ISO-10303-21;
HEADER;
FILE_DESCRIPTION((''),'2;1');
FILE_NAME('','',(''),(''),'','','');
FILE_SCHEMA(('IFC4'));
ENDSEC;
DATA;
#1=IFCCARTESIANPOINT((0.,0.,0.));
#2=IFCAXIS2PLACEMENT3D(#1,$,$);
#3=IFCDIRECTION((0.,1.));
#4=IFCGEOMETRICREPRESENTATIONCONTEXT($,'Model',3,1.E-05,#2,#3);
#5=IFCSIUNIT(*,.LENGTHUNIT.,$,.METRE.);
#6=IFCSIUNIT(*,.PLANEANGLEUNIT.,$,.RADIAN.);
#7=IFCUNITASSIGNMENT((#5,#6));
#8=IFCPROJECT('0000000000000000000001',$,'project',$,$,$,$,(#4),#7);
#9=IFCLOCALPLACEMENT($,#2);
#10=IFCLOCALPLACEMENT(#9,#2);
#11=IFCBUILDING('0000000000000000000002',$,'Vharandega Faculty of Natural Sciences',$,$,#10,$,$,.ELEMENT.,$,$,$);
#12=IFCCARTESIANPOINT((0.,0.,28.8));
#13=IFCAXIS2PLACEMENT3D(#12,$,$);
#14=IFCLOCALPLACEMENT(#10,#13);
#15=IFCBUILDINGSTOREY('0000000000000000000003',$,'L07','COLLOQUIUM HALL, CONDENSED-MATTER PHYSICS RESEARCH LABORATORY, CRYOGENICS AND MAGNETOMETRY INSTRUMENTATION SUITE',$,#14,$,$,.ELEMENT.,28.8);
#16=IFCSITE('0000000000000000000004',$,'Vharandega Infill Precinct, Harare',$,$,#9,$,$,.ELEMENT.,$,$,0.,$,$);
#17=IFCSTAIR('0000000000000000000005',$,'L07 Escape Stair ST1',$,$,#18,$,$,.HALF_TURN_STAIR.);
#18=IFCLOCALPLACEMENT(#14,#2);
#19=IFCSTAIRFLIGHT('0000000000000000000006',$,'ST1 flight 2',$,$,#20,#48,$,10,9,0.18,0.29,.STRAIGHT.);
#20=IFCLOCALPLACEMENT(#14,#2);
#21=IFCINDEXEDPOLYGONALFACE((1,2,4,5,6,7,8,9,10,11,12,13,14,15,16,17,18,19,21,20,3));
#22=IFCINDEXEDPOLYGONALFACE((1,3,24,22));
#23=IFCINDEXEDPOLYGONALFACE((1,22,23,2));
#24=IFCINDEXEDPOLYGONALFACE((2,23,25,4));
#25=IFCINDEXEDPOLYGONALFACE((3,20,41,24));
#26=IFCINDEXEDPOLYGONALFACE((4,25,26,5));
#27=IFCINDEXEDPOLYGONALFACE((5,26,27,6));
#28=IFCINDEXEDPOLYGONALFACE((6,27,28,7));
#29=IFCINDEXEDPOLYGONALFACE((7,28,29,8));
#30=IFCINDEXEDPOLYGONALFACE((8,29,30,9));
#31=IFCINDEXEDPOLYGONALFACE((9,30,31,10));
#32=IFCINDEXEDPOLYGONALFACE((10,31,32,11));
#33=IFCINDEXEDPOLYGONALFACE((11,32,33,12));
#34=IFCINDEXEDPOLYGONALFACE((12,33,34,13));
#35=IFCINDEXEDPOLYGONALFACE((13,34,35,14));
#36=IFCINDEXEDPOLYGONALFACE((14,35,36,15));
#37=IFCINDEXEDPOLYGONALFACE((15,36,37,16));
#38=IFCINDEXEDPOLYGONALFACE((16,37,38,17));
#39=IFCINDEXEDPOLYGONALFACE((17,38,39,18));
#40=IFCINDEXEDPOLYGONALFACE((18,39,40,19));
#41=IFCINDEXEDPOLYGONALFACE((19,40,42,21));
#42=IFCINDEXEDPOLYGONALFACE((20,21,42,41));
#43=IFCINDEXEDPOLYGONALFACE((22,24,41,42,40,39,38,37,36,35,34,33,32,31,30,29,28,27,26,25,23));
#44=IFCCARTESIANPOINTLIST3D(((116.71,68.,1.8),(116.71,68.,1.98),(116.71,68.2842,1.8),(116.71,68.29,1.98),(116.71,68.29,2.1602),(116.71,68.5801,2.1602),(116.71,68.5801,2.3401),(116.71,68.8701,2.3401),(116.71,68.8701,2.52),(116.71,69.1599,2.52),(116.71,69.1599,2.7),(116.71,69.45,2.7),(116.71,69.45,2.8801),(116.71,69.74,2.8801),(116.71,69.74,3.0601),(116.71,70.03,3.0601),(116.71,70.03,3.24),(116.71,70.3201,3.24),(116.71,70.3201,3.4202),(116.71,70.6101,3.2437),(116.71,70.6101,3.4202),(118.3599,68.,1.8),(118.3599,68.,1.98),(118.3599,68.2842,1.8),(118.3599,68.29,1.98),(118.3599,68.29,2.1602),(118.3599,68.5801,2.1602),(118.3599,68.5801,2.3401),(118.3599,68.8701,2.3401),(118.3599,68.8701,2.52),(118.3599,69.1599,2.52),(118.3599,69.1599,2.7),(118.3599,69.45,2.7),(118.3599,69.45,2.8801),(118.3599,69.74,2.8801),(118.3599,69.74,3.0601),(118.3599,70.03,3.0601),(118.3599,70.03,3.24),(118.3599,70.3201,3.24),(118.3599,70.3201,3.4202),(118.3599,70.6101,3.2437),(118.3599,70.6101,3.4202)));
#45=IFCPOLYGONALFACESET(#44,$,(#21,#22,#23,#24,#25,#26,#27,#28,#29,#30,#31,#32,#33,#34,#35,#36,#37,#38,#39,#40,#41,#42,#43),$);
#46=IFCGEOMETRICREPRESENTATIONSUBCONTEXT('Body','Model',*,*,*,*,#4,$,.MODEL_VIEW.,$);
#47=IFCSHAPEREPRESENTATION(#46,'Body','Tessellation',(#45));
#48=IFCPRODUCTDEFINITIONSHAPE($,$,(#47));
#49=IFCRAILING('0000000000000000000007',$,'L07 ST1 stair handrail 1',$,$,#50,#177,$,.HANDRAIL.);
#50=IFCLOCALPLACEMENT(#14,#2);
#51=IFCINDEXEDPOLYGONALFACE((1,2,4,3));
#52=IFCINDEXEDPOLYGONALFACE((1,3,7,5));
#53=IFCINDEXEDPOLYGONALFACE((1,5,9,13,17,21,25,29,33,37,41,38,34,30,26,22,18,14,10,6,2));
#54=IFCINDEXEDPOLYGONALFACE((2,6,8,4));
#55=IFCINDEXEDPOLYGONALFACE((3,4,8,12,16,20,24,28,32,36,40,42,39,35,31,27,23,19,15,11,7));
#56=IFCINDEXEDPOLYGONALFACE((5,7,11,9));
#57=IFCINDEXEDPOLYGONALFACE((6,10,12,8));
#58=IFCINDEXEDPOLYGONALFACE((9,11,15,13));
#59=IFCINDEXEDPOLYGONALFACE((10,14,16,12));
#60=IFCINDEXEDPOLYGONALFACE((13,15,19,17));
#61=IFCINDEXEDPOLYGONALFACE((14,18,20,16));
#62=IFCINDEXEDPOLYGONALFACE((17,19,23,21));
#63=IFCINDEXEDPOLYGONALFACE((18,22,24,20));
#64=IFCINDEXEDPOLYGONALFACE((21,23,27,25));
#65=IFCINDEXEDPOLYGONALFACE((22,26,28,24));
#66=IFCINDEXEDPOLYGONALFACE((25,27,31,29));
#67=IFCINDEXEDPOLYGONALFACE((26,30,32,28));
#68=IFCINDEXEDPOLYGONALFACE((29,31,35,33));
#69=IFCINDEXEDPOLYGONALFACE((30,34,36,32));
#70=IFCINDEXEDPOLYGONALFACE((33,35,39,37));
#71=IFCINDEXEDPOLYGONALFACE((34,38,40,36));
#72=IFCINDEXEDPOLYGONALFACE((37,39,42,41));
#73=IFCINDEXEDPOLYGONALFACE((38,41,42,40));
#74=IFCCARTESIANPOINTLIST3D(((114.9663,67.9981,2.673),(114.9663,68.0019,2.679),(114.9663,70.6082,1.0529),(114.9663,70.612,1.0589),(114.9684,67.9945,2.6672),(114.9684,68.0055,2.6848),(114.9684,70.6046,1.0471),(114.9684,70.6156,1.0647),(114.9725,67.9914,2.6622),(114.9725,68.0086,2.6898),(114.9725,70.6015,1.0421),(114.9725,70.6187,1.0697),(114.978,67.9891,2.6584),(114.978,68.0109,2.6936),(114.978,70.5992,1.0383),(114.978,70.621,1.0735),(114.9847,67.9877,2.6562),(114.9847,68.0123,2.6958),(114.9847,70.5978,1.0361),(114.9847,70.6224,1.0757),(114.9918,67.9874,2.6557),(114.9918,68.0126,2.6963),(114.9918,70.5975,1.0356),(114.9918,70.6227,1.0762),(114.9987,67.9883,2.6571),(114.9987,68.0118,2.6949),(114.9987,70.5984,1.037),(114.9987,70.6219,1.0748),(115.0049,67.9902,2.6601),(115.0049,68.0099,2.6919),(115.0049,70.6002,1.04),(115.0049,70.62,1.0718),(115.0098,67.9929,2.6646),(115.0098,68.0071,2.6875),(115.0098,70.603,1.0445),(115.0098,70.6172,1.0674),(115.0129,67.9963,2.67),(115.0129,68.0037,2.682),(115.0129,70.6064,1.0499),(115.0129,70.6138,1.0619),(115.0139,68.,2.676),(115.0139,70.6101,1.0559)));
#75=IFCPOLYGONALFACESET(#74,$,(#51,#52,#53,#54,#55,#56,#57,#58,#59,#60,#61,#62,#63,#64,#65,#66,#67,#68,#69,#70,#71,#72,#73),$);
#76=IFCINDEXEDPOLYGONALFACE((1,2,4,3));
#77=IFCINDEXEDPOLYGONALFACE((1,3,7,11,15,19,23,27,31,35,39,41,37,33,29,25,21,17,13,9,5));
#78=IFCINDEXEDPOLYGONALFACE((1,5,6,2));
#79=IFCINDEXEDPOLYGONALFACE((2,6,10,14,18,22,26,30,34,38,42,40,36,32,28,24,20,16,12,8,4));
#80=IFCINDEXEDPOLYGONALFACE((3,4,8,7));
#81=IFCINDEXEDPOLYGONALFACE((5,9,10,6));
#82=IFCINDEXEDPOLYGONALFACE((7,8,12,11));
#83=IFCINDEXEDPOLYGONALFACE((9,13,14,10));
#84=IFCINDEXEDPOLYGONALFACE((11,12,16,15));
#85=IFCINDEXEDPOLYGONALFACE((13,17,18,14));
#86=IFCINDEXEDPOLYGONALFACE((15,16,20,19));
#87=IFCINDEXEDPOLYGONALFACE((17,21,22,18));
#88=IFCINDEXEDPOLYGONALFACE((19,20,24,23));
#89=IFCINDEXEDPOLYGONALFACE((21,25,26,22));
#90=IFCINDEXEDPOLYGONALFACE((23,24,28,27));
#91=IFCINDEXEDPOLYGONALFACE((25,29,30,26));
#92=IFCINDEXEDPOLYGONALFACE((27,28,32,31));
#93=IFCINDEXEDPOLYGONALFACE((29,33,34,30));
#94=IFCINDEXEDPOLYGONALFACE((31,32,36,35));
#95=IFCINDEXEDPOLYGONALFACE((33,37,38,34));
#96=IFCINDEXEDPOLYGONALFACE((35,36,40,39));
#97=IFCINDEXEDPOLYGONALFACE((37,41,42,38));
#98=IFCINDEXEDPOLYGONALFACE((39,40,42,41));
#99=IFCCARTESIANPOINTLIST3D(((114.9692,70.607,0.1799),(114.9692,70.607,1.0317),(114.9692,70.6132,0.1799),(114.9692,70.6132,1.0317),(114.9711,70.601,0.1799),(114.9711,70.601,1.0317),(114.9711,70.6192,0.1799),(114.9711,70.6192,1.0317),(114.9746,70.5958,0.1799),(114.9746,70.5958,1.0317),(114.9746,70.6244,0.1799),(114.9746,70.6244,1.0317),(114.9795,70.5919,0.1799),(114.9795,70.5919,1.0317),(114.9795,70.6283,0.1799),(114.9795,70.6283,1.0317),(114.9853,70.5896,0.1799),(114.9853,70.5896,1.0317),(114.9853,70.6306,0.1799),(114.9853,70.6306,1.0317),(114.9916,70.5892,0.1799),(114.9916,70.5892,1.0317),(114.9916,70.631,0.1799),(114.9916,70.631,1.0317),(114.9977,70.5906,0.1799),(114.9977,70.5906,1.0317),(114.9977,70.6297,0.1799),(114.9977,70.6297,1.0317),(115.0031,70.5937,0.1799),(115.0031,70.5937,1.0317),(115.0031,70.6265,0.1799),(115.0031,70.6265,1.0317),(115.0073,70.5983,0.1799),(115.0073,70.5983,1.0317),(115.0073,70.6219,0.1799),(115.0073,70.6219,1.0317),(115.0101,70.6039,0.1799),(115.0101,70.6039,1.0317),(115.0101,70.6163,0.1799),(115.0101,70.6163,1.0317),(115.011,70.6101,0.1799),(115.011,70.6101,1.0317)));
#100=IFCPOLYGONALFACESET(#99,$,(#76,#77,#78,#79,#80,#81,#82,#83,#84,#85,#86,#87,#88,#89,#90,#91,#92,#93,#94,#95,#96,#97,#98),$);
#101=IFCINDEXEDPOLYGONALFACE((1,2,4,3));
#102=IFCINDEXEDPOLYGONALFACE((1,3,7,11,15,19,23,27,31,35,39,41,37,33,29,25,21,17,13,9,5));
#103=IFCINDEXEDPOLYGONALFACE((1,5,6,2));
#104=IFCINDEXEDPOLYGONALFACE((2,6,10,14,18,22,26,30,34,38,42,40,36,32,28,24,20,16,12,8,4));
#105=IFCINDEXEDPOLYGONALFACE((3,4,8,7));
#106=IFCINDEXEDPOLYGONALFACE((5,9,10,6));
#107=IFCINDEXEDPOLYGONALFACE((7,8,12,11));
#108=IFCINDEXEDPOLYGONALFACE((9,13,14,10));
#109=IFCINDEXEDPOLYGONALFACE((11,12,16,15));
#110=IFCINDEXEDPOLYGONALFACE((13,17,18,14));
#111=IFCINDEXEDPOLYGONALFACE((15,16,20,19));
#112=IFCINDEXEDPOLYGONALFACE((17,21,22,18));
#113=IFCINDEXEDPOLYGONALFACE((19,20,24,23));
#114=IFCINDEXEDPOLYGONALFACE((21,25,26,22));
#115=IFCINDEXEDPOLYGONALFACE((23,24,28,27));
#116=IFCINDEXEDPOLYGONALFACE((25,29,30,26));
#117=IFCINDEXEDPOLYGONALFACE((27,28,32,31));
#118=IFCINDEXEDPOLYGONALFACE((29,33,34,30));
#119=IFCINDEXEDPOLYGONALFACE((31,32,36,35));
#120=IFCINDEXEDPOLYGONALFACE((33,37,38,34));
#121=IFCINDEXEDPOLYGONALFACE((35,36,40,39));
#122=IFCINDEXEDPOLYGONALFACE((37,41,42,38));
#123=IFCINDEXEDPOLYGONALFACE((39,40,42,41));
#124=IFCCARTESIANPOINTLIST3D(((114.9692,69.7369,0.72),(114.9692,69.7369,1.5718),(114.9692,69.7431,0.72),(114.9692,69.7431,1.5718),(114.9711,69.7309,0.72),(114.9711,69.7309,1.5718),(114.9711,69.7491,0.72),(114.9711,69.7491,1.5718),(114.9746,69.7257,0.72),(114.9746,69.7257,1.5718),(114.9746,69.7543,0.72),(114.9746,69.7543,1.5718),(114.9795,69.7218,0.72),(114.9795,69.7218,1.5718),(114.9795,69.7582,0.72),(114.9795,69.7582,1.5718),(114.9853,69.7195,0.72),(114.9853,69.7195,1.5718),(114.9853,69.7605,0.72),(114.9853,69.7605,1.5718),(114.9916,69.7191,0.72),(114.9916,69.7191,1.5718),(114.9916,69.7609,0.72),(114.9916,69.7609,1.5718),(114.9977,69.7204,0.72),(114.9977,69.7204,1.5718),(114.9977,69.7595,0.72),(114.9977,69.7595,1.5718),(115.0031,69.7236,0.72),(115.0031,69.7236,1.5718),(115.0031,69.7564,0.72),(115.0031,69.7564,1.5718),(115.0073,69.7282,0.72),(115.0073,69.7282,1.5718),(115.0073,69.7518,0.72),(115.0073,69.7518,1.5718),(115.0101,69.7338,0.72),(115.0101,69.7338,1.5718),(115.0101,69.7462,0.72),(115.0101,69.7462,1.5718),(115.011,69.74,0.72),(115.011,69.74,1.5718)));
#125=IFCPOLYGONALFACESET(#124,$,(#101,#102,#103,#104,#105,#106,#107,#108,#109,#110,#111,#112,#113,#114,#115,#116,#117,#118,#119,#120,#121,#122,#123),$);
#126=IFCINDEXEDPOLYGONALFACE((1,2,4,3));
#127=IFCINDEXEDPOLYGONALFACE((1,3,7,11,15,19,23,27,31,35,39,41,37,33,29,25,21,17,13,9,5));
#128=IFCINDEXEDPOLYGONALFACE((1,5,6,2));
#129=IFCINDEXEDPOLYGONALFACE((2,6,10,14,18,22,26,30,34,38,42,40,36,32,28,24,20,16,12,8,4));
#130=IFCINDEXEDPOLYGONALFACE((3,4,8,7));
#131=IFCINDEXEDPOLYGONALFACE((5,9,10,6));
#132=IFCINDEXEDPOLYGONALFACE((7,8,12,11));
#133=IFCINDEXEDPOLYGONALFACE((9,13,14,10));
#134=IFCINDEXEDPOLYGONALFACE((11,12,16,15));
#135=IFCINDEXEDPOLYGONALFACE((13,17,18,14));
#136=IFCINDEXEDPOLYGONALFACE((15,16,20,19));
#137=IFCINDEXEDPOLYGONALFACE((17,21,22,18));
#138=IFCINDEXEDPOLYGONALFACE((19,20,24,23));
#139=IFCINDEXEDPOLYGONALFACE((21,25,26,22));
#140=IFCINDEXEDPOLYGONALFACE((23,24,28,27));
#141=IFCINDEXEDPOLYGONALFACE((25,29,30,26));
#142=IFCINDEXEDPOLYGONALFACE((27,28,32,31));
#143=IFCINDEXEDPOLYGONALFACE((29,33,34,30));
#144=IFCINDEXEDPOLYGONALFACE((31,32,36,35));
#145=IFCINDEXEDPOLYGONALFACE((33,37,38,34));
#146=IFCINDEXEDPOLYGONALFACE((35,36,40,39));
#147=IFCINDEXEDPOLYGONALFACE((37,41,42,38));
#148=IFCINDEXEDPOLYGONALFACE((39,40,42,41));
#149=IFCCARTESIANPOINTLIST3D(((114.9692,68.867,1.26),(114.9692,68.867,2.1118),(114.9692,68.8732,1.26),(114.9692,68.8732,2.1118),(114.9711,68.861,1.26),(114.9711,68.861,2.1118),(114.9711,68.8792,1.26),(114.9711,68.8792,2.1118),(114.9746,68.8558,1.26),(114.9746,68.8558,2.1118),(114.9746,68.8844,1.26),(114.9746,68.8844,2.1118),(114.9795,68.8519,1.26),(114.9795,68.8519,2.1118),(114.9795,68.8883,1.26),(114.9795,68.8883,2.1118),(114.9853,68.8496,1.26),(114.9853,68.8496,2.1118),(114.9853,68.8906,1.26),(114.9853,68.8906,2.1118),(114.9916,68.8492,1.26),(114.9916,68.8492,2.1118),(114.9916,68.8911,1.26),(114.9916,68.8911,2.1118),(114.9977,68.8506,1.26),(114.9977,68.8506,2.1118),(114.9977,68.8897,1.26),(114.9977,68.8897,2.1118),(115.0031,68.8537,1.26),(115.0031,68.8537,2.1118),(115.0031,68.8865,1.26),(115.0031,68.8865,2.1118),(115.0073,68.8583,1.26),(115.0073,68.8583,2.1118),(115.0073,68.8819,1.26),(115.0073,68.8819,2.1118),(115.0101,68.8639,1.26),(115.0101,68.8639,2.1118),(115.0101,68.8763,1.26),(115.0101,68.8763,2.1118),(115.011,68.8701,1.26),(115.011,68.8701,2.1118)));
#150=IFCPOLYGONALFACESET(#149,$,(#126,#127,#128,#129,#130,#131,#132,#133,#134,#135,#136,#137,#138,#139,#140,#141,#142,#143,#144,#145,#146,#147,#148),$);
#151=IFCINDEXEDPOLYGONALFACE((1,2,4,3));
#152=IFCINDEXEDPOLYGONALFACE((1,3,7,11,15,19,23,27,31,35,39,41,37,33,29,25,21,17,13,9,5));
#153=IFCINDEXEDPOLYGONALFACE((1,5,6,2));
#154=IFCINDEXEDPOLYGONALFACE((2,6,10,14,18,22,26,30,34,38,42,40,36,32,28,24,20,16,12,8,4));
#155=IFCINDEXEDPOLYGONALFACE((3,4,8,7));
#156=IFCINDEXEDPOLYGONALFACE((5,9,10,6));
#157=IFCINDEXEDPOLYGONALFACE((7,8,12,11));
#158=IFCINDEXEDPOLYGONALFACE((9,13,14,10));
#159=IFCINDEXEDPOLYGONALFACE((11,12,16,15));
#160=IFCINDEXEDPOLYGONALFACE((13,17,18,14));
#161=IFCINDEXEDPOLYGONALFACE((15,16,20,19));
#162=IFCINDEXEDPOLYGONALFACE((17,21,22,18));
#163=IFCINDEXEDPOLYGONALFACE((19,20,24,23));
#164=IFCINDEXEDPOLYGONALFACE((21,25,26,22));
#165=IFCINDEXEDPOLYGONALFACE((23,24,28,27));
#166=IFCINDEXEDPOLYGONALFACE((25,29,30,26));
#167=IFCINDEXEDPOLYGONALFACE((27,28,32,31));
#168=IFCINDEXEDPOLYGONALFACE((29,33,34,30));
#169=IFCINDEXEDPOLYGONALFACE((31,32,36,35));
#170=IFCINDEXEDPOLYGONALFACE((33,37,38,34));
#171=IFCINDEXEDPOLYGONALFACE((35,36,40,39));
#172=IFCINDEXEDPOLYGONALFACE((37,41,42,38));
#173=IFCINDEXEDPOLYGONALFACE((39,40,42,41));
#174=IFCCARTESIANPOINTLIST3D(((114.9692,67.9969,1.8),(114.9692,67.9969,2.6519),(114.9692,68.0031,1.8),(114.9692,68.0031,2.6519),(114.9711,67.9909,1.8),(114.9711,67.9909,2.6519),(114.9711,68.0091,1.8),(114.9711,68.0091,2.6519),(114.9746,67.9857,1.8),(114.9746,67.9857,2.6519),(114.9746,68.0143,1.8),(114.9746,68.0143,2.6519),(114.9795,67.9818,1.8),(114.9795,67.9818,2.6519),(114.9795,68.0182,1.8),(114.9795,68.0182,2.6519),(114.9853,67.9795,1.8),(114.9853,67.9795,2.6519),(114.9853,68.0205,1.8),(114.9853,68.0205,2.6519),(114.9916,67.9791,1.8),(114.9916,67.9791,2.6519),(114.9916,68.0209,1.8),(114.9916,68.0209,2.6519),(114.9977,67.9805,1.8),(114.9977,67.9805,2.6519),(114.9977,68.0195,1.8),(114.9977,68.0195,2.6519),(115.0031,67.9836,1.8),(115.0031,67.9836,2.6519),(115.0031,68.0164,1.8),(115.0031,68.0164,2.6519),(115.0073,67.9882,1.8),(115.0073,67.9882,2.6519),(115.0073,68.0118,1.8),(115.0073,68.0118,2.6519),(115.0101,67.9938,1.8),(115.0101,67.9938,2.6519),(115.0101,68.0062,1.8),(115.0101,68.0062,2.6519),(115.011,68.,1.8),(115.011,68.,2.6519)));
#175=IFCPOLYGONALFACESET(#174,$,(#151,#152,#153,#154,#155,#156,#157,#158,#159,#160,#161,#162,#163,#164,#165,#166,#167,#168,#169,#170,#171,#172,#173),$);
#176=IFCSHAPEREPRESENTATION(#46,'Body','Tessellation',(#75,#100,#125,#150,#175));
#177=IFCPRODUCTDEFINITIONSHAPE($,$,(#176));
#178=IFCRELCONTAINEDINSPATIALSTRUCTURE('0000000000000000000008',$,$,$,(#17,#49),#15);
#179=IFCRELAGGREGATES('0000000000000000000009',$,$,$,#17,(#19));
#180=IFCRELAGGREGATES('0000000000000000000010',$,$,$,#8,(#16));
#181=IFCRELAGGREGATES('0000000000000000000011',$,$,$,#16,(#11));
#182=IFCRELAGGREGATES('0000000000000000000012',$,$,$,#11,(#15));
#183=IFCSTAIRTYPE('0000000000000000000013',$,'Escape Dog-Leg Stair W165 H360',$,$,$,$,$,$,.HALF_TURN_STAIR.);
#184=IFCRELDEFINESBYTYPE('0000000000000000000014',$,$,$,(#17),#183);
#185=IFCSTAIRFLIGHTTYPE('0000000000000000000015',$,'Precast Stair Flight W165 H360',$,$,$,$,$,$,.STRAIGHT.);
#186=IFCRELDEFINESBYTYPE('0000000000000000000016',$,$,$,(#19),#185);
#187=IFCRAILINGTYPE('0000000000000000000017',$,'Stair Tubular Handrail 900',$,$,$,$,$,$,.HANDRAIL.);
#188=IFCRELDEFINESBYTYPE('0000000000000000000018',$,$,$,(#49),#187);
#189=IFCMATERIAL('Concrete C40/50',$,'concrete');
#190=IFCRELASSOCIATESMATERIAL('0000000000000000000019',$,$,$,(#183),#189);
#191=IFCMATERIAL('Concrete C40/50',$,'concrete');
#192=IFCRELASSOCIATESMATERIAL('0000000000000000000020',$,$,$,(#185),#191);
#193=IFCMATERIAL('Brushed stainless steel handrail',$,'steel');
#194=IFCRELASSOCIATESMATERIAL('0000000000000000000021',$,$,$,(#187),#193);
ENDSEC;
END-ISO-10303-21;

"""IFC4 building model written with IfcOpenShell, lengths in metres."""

from ifc_helpers import new_model, si_unit, direction, frame, origin, origin_2d, place, context, subcontext, project, spatial, polyline, circle, outline, extrude, material, type_object, element, aggregate, save


model = new_model("IFC4")

# Units and contexts
model_context = context("Model", 3, precision=1e-05, world=origin(), true_north=direction((0.0, 1.0)))
body_context = subcontext(model_context, "Body", "Model", "MODEL_VIEW")
ifc_project = project(units=[si_unit("LENGTHUNIT", "METRE"), si_unit("PLANEANGLEUNIT", "RADIAN")], contexts=[model_context])

# Site, building, storey
site_placement = place(None, origin())
site = spatial("IfcSite", under=ifc_project, at=site_placement, Name="Vharandega Infill Precinct, Harare", CompositionType="ELEMENT", RefElevation=0.0)
building_placement = place(site_placement, origin())
building = spatial("IfcBuilding", under=site, at=building_placement, Name="Vharandega Faculty of Natural Sciences", CompositionType="ELEMENT")
storey_placement = place(building_placement, frame((0.0, 0.0, 28.8)))
storey = spatial("IfcBuildingStorey", under=building, at=storey_placement, Name="L07", Description="COLLOQUIUM HALL, CONDENSED-MATTER PHYSICS RESEARCH LABORATORY, CRYOGENICS AND MAGNETOMETRY INSTRUMENTATION SUITE", CompositionType="ELEMENT", Elevation=28.8)

# Stair, stair flight
ifc_material_1 = material(Name="Concrete C40/50", Category="concrete")
stair_type = type_object("IfcStairType", Name="Escape Dog-Leg Stair W165 H360", PredefinedType="HALF_TURN_STAIR", material=ifc_material_1)
stair_placement = place(storey_placement, origin())
stair = element("IfcStair", 1, at=stair_placement, inside=storey, type_object=stair_type, Name="L07 Escape Stair ST1", PredefinedType="HALF_TURN_STAIR")
ifc_material_2 = material(Name="Concrete C40/50", Category="concrete")
stair_flight_type = type_object("IfcStairFlightType", Name="Precast Stair Flight W165 H360", PredefinedType="STRAIGHT", material=ifc_material_2)
stair_flight_1_placement = place(storey_placement, frame((117.5349, 68.0, 1.8), z_axis=(0.0, 0.0, 1.0), x_axis=(0.0, 1.0, 0.0)))
stair_flight_1 = element("IfcStairFlight", 2, at=stair_flight_1_placement, type_object=stair_flight_type, Name="ST1 flight 2", NumberOfRisers=10, NumberOfTreads=9, PredefinedType="STRAIGHT", RiserHeight=0.18, TreadLength=0.29, context=body_context, shape_type="SweptSolid", body=[
    extrude(outline(polyline([(0.0, 0.0), (0.0, 0.1799), (0.29, 0.1799), (0.29, 0.3601), (0.5801, 0.3601), (0.5801, 0.54), (0.8701, 0.54), (0.8701, 0.72), (1.1599, 0.72), (1.1599, 0.8999), (1.45, 0.8999), (1.45, 1.0801), (1.74, 1.0801), (1.74, 1.26), (2.03, 1.26), (2.03, 1.4399), (2.3201, 1.4399), (2.3201, 1.6201), (2.6101, 1.6201), (2.6101, 1.8), (2.6101, 1.4436), (0.2842, 0.0), (0.0, 0.0)])), frame((0.0, 0.825, 0.0), z_axis=(0.0, -1.0, 0.0), x_axis=(1.0, 0.0, 0.0)), (0.0, 0.0, 1.0), 1.6499),
])
aggregate(stair, [stair_flight_1])

# Railing
ifc_material_3 = material(Name="Brushed stainless steel handrail", Category="steel")
railing_type_1 = type_object("IfcRailingType", Name="Stair Tubular Handrail 900", PredefinedType="HANDRAIL", material=ifc_material_3)
railing_1_placement = place(storey_placement, frame((114.99, 70.6101, 0.1799)))
element("IfcRailing", 3, at=railing_1_placement, inside=storey, type_object=railing_type_1, Name="L07 ST1 stair handrail 1", PredefinedType="HANDRAIL", context=body_context, shape_type="SweptSolid", body=[
    extrude(circle(Radius=0.0239, at=origin_2d()), frame((0.0, 0.0, 0.876), z_axis=(0.0, -0.849633, 0.527375), x_axis=(1.0, 0.0, 0.0)), (0.0, 0.0, 1.0), 3.072),
    extrude(circle(Radius=0.021, at=origin_2d()), origin(), (0.0, 0.0, 1.0), 0.8518),
    extrude(circle(Radius=0.021, at=origin_2d()), frame((0.0, -0.8701, 0.54)), (0.0, 0.0, 1.0), 0.8518),
    extrude(circle(Radius=0.021, at=origin_2d()), frame((0.0, -1.74, 1.0801)), (0.0, 0.0, 1.0), 0.8518),
    extrude(circle(Radius=0.021, at=origin_2d()), frame((0.0, -2.6101, 1.6201)), (0.0, 0.0, 1.0), 0.8518),
])

save(model, "model.ifc")
